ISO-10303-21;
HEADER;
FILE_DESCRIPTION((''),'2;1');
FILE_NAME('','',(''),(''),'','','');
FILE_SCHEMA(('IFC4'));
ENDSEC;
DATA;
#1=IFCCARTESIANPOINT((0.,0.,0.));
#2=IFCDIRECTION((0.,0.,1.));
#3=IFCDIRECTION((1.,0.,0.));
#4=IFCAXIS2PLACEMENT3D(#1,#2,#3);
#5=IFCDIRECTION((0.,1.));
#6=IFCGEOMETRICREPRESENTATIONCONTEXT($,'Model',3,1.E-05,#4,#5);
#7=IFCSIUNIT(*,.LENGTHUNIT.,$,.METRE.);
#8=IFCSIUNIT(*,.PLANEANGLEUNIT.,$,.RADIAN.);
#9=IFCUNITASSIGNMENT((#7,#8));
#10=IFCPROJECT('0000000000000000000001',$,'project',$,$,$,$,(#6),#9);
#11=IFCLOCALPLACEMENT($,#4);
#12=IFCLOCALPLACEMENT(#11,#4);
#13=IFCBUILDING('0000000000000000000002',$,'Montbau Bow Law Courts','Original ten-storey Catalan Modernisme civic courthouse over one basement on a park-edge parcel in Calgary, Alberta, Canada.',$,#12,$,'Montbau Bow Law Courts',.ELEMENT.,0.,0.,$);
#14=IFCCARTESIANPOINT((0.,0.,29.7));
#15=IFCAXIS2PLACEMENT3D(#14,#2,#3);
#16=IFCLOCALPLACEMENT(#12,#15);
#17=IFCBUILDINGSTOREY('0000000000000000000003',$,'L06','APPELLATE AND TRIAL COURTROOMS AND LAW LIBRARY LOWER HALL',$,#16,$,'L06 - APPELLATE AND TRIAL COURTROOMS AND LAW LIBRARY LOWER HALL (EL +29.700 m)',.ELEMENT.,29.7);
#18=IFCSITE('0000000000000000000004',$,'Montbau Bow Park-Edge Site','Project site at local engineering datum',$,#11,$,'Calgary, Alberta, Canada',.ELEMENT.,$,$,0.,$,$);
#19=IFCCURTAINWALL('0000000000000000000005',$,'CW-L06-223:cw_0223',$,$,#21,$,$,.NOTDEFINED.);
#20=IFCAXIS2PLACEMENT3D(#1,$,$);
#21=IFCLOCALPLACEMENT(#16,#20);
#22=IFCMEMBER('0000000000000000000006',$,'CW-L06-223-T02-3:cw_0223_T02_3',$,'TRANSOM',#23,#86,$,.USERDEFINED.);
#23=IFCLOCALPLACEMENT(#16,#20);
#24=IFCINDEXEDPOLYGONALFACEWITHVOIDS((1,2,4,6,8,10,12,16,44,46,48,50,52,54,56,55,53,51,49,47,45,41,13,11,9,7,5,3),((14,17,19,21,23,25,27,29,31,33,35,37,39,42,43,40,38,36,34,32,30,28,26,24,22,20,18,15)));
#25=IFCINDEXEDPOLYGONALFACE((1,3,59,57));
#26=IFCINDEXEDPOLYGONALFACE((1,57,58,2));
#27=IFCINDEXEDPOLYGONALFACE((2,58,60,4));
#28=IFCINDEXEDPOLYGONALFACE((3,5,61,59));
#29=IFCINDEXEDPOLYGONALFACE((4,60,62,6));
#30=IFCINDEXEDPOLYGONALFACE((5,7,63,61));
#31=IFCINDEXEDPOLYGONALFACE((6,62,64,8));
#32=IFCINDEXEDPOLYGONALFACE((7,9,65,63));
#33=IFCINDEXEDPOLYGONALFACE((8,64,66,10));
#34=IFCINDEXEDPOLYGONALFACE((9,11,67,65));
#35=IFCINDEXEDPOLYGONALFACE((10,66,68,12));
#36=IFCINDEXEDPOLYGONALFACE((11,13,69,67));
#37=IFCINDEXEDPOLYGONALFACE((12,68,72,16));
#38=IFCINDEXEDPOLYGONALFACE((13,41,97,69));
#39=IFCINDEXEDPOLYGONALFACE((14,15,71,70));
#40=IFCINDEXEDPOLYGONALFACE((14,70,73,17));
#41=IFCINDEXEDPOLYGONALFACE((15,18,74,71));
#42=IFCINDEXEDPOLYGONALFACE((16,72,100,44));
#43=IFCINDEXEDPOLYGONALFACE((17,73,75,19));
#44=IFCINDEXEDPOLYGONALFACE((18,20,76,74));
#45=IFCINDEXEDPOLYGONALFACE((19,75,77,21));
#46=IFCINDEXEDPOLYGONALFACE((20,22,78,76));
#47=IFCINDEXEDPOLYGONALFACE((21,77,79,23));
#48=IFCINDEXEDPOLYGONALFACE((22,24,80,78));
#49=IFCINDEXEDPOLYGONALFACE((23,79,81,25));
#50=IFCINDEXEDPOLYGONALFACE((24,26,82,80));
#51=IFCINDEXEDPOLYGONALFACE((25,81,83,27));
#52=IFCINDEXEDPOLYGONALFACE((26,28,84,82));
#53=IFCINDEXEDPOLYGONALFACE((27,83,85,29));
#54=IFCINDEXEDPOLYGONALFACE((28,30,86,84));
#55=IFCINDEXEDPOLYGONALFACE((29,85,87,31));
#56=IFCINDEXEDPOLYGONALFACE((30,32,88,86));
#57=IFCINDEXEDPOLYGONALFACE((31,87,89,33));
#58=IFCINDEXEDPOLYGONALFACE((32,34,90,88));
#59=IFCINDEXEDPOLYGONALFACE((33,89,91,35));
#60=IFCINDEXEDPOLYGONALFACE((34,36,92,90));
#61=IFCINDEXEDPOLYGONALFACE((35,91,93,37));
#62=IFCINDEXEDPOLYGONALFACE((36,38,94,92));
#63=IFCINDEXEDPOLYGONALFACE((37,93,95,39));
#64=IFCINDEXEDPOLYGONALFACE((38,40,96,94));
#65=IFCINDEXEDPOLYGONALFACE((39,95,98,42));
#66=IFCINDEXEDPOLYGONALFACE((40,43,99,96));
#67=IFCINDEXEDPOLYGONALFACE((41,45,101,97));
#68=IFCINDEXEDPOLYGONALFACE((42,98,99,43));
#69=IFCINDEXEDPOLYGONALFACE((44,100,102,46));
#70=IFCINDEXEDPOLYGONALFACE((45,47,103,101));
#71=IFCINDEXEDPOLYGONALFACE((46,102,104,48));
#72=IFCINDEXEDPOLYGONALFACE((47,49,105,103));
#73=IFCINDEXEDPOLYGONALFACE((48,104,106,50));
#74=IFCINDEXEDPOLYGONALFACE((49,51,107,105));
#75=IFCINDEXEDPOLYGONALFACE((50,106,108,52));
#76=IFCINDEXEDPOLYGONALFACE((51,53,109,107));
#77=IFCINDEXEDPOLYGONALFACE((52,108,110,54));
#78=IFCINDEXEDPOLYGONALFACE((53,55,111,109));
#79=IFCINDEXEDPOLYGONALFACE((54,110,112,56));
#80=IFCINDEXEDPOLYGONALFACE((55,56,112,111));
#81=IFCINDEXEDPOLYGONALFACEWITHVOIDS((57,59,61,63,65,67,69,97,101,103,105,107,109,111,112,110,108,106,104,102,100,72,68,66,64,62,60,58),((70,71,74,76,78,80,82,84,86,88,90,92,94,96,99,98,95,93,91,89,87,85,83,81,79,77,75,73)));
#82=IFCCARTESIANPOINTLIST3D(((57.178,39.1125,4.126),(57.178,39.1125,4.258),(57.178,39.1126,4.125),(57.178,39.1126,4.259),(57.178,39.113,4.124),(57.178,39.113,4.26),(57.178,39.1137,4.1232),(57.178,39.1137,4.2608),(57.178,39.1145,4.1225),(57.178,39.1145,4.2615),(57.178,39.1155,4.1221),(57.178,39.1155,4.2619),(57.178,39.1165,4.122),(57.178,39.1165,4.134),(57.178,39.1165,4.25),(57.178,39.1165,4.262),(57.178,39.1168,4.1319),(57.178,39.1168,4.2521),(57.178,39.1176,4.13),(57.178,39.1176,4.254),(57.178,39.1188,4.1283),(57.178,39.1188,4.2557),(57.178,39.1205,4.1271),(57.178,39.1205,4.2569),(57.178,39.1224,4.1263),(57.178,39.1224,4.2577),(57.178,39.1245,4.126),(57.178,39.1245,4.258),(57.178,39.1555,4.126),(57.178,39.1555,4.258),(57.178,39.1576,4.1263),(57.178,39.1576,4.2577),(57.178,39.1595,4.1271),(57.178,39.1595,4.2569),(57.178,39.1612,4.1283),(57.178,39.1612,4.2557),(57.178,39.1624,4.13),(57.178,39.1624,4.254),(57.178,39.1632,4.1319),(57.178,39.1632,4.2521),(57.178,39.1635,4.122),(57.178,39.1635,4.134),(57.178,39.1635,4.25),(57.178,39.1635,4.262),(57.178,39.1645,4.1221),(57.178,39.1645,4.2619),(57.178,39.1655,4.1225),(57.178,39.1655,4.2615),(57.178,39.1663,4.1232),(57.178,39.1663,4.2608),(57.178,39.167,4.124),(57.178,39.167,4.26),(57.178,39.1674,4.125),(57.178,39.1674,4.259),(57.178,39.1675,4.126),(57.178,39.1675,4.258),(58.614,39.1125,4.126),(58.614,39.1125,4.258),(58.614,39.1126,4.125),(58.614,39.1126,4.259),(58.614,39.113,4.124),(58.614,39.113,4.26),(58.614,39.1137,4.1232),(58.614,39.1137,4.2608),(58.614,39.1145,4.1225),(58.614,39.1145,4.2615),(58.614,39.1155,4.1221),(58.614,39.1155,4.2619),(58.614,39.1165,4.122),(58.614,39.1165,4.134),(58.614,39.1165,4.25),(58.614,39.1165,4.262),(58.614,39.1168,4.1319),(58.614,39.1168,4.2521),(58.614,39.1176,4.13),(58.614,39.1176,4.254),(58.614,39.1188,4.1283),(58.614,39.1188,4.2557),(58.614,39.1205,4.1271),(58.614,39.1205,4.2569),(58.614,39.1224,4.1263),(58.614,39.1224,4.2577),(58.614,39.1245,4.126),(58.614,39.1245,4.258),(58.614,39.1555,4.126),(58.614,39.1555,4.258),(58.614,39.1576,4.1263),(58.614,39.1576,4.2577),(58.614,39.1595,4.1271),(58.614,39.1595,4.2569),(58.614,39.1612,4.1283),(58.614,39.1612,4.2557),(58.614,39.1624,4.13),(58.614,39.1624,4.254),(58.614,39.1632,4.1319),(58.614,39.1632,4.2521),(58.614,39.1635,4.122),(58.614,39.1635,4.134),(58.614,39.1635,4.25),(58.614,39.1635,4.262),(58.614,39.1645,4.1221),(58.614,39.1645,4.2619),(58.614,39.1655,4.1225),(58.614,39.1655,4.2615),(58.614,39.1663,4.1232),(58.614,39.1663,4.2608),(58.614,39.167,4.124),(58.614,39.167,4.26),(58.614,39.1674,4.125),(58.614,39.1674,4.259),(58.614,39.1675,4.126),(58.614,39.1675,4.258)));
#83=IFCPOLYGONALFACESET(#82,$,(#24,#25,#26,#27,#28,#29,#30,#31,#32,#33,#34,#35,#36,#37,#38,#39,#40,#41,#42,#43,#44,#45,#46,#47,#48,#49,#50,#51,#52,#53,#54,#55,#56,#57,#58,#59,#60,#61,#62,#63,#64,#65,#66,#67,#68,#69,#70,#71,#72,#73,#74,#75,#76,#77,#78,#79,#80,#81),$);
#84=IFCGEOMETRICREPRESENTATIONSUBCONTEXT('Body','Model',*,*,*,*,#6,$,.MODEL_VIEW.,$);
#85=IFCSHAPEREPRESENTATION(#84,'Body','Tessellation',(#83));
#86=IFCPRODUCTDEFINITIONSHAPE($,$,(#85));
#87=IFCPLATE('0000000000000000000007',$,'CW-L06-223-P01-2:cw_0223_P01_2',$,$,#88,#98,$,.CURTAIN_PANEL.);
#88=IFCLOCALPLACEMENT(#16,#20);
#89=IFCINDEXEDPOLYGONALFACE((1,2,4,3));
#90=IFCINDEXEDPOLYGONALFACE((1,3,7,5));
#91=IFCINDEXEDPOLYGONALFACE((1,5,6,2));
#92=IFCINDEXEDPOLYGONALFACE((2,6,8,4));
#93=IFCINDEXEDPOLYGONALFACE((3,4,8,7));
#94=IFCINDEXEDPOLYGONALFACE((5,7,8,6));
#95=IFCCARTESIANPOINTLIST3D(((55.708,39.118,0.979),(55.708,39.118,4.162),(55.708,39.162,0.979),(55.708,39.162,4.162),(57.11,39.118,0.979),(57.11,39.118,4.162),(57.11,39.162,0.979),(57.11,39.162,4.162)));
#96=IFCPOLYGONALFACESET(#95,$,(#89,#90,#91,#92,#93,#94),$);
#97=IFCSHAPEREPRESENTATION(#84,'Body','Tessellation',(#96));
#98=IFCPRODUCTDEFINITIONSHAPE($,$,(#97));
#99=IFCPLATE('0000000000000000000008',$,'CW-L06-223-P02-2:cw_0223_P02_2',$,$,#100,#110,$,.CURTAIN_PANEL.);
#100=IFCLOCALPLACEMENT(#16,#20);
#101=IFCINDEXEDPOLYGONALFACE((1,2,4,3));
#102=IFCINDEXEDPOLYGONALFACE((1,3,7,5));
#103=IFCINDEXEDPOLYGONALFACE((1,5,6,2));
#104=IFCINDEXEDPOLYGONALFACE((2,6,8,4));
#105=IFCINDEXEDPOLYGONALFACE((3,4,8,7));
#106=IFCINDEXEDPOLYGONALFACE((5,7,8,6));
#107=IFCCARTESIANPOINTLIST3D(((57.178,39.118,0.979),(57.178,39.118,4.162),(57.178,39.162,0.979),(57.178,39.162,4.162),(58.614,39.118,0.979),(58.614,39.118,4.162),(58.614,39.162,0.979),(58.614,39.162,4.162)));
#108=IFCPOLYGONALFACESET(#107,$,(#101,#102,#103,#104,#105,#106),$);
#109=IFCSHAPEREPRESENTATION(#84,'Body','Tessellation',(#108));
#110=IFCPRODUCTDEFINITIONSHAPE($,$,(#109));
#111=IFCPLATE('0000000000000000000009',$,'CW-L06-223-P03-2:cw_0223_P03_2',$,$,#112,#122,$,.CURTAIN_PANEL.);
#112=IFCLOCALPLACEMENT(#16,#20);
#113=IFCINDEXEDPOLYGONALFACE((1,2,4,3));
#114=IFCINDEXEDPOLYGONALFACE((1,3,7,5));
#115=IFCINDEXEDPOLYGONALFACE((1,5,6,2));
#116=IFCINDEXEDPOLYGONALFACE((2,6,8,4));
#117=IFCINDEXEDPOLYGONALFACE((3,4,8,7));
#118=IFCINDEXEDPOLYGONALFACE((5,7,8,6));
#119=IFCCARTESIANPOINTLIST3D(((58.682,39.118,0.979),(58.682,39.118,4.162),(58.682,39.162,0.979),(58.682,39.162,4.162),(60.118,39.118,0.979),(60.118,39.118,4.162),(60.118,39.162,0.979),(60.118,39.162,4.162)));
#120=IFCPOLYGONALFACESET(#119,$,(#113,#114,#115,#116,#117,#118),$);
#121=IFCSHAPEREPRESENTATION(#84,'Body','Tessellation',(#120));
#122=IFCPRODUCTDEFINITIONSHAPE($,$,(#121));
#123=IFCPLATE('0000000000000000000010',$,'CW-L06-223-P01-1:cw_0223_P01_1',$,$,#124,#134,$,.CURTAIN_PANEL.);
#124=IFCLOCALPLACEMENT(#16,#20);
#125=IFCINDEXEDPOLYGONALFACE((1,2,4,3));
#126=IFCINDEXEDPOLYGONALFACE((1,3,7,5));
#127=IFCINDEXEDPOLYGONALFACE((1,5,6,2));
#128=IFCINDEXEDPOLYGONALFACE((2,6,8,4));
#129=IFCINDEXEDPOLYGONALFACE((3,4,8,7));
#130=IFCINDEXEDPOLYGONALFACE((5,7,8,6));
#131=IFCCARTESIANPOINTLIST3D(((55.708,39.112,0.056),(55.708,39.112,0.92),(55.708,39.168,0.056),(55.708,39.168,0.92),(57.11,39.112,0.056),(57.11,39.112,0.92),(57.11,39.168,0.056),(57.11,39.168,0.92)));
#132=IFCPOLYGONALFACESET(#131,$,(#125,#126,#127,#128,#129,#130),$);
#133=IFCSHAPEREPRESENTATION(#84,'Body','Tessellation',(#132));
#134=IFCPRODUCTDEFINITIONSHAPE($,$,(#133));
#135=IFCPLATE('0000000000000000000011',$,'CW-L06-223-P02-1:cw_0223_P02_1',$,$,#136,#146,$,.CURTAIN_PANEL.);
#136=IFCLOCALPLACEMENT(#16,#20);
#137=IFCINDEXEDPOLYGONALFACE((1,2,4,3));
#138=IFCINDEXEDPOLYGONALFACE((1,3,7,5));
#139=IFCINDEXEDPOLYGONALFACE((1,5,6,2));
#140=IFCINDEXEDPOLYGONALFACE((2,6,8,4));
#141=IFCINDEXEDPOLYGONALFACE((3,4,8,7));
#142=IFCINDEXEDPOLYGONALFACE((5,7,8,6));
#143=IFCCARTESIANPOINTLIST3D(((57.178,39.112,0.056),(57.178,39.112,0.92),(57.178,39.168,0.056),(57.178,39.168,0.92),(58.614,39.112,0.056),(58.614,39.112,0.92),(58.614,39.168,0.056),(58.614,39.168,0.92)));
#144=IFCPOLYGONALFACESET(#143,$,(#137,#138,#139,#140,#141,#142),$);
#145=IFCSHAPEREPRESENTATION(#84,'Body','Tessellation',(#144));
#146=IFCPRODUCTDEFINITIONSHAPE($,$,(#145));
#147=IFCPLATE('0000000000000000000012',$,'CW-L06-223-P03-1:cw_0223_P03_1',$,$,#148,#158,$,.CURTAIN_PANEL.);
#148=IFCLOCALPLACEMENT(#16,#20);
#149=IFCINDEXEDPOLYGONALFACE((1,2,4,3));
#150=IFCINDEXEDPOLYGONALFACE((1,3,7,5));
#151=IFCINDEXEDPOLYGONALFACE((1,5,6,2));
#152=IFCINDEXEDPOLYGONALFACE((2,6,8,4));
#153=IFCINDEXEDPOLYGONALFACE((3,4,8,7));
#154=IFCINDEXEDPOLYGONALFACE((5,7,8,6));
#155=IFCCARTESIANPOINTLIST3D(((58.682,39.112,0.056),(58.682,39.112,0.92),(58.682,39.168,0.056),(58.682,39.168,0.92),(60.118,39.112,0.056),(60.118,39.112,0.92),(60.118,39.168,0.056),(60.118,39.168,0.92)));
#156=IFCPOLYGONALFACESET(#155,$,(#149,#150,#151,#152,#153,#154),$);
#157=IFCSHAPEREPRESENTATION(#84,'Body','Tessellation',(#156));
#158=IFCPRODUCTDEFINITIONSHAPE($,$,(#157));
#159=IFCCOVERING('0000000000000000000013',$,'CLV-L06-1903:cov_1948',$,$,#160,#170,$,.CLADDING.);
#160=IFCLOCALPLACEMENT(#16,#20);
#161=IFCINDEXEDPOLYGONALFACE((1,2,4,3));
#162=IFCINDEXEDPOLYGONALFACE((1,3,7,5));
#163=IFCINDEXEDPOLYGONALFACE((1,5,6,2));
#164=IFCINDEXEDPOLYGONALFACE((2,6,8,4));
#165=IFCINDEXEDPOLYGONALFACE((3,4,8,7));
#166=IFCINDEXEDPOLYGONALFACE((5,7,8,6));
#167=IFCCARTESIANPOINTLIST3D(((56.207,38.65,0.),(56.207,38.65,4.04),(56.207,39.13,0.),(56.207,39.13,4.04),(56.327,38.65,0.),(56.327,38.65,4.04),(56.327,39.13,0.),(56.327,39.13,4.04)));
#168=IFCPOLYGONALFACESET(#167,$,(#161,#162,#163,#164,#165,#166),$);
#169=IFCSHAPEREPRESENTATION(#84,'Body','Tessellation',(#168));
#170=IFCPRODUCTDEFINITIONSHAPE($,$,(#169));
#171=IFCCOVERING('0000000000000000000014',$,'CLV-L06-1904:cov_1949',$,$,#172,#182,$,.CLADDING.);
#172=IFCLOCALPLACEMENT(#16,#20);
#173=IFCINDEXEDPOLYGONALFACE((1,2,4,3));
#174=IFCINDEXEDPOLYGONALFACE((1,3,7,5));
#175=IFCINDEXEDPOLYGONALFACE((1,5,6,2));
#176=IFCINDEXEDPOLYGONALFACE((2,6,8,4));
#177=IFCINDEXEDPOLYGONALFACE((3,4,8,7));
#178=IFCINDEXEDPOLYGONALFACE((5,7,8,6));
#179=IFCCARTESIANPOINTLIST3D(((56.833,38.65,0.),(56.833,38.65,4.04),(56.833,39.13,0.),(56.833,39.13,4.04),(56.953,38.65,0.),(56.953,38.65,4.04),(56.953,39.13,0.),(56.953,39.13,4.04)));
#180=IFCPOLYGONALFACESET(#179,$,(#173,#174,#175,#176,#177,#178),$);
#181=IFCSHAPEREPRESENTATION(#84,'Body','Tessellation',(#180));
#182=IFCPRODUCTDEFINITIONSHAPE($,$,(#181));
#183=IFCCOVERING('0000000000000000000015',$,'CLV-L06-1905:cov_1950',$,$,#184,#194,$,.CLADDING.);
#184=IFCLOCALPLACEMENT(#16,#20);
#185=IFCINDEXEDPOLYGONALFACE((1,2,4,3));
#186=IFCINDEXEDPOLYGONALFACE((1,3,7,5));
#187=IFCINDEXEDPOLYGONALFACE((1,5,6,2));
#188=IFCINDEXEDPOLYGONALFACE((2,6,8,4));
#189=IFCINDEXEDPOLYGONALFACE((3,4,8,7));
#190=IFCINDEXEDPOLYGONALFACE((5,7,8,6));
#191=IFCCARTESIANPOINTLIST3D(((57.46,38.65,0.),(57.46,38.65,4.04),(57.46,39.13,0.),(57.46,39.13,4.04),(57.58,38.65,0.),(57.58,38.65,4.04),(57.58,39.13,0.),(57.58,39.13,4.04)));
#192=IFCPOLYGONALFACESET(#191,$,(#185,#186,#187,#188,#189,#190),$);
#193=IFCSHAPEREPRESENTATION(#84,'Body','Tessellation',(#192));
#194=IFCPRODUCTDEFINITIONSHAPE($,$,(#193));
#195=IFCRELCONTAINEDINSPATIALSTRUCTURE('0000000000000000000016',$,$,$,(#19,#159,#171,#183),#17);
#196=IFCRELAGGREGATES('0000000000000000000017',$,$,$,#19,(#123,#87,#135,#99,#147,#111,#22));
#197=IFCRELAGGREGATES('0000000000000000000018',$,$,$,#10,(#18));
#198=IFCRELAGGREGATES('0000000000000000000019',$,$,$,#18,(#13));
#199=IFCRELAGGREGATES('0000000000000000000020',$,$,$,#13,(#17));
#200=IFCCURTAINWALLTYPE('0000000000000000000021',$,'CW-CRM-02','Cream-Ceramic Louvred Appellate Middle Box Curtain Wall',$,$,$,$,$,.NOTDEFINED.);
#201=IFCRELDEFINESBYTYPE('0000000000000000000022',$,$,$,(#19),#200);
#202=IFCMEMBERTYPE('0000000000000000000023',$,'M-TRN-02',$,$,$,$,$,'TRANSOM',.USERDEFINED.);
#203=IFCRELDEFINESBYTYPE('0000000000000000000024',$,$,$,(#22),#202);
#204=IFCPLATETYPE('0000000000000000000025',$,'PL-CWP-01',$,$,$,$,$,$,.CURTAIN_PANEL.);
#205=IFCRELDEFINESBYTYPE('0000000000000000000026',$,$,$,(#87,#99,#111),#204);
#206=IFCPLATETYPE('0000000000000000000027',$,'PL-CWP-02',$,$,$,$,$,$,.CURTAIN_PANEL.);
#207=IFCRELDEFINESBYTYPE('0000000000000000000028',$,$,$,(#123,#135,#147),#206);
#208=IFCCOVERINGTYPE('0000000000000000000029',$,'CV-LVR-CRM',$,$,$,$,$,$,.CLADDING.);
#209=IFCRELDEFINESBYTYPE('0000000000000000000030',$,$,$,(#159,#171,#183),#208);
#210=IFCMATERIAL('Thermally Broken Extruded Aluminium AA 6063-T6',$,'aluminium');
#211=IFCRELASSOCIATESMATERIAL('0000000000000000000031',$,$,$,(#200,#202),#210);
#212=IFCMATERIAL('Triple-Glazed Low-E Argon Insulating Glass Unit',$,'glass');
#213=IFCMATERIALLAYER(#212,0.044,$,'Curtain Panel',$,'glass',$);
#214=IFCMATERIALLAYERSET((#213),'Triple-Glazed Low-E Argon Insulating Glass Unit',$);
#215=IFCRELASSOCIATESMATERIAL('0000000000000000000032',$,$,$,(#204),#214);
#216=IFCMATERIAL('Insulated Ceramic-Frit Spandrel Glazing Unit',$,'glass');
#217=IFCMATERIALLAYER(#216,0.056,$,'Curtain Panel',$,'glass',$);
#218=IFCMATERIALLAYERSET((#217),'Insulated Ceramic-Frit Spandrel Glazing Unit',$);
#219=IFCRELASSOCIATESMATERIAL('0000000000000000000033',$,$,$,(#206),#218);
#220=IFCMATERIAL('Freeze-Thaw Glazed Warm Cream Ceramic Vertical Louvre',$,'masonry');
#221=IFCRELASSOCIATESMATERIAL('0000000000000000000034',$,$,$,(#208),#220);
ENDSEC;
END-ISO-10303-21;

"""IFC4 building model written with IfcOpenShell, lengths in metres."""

from ifc_helpers import new_model, si_unit, direction, frame, frame_2d, origin_with_axes, origin_2d_with_axis, place, context, subcontext, project, spatial, rectangle, hollow_rectangle, extrude, material, layer, layer_set, material_profile, profile_set, type_object, element, aggregate, save


model = new_model("IFC4")

# Units and contexts
model_context = context("Model", 3, precision=1e-05, world=origin_with_axes(), true_north=direction((0.0, 1.0)))
body_context = subcontext(model_context, "Body", "Model", "MODEL_VIEW")
ifc_project = project(units=[si_unit("LENGTHUNIT", "METRE"), si_unit("PLANEANGLEUNIT", "RADIAN")], contexts=[model_context])

# Site, building, storey
site_placement = place(None, origin_with_axes())
site = spatial("IfcSite", under=ifc_project, at=site_placement, Name="Montbau Bow Park-Edge Site", Description="Project site at local engineering datum", LongName="Calgary, Alberta, Canada", CompositionType="ELEMENT", RefElevation=0.0)
building_placement = place(site_placement, origin_with_axes())
building = spatial("IfcBuilding", under=site, at=building_placement, Name="Montbau Bow Law Courts", Description="Original ten-storey Catalan Modernisme civic courthouse over one basement on a park-edge parcel in Calgary, Alberta, Canada.", LongName="Montbau Bow Law Courts", CompositionType="ELEMENT", ElevationOfRefHeight=0.0, ElevationOfTerrain=0.0)
storey_placement = place(building_placement, frame((0.0, 0.0, 29.7), z_axis=(0.0, 0.0, 1.0), x_axis=(1.0, 0.0, 0.0)))
storey = spatial("IfcBuildingStorey", under=building, at=storey_placement, Name="L06", Description="APPELLATE AND TRIAL COURTROOMS AND LAW LIBRARY LOWER HALL", LongName="L06 - APPELLATE AND TRIAL COURTROOMS AND LAW LIBRARY LOWER HALL (EL +29.700 m)", CompositionType="ELEMENT", Elevation=29.7)

# Curtain wall, member, plates
ifc_material_1 = material(Name="Thermally Broken Extruded Aluminium AA 6063-T6", Category="aluminium")
curtain_wall_type = type_object("IfcCurtainWallType", Name="CW-CRM-02", Description="Cream-Ceramic Louvred Appellate Middle Box Curtain Wall", PredefinedType="NOTDEFINED", material=ifc_material_1)
curtain_wall_placement = place(None, frame((55.64, 39.14, 29.7), z_axis=(0.0, 0.0, 1.0), x_axis=(1.0, 0.0, 0.0)))
curtain_wall = element("IfcCurtainWall", 1, at=curtain_wall_placement, inside=storey, type_object=curtain_wall_type, Name="CW-L06-223:cw_0223", PredefinedType="NOTDEFINED")
ifc_material_profile_1 = material_profile(ifc_material_1, hollow_rectangle(XDim=0.055, YDim=0.14, WallThickness=0.004, InnerFilletRadius=0.008, OuterFilletRadius=0.004, at=origin_2d_with_axis()), Name="CWT-140X55", Category="Main", Priority=0)
ifc_profile_set_1 = profile_set([ifc_material_profile_1], Name="Thermally Broken Extruded Aluminium AA 6063-T6")
member_type_1 = type_object("IfcMemberType", Name="M-TRN-02", ElementType="TRANSOM", PredefinedType="USERDEFINED", material=ifc_profile_set_1)
member_1_placement = place(None, frame((57.178, 39.14, 33.892), z_axis=(1.0, 0.0, 0.0), x_axis=(0.0, 1.0, 0.0)))
member_1 = element("IfcMember", 2, at=member_1_placement, type_object=member_type_1, Name="CW-L06-223-T02-3:cw_0223_T02_3", ObjectType="TRANSOM", PredefinedType="USERDEFINED", context=body_context, shape_type="SweptSolid", body=[
    extrude(hollow_rectangle(XDim=0.055, YDim=0.14, WallThickness=0.004, InnerFilletRadius=0.008, OuterFilletRadius=0.004, at=origin_2d_with_axis()), origin_with_axes(), (0.0, 0.0, 1.0), 1.436),
])
ifc_material_2 = material(Name="Triple-Glazed Low-E Argon Insulating Glass Unit", Category="glass")
ifc_layer_1 = layer(ifc_material_2, 0.044, Name="Curtain Panel", Category="glass")
ifc_layer_set_1 = layer_set([ifc_layer_1], Name="Triple-Glazed Low-E Argon Insulating Glass Unit")
plate_type_1 = type_object("IfcPlateType", Name="PL-CWP-01", PredefinedType="CURTAIN_PANEL", material=ifc_layer_set_1)
plate_1_placement = place(None, frame((55.708, 39.14, 30.679), z_axis=(0.0, -1.0, 0.0), x_axis=(1.0, 0.0, 0.0)))
plate_1 = element("IfcPlate", 3, at=plate_1_placement, type_object=plate_type_1, Name="CW-L06-223-P01-2:cw_0223_P01_2", PredefinedType="CURTAIN_PANEL", context=body_context, shape_type="SweptSolid", body=[
    extrude(rectangle(XDim=1.402, YDim=3.183, at=frame_2d((0.701, 1.5915), x_axis=(1.0, 0.0))), frame((0.0, 0.0, -0.022), z_axis=(0.0, 0.0, 1.0), x_axis=(1.0, 0.0, 0.0)), (0.0, 0.0, 1.0), 0.044),
])
plate_2_placement = place(None, frame((57.178, 39.14, 30.679), z_axis=(0.0, -1.0, 0.0), x_axis=(1.0, 0.0, 0.0)))
plate_2 = element("IfcPlate", 4, at=plate_2_placement, type_object=plate_type_1, Name="CW-L06-223-P02-2:cw_0223_P02_2", PredefinedType="CURTAIN_PANEL", context=body_context, shape_type="SweptSolid", body=[
    extrude(rectangle(XDim=1.436, YDim=3.183, at=frame_2d((0.718, 1.5915), x_axis=(1.0, 0.0))), frame((0.0, 0.0, -0.022), z_axis=(0.0, 0.0, 1.0), x_axis=(1.0, 0.0, 0.0)), (0.0, 0.0, 1.0), 0.044),
])
plate_3_placement = place(None, frame((58.682, 39.14, 30.679), z_axis=(0.0, -1.0, 0.0), x_axis=(1.0, 0.0, 0.0)))
plate_3 = element("IfcPlate", 5, at=plate_3_placement, type_object=plate_type_1, Name="CW-L06-223-P03-2:cw_0223_P03_2", PredefinedType="CURTAIN_PANEL", context=body_context, shape_type="SweptSolid", body=[
    extrude(rectangle(XDim=1.436, YDim=3.183, at=frame_2d((0.718, 1.5915), x_axis=(1.0, 0.0))), frame((0.0, 0.0, -0.022), z_axis=(0.0, 0.0, 1.0), x_axis=(1.0, 0.0, 0.0)), (0.0, 0.0, 1.0), 0.044),
])
ifc_material_3 = material(Name="Insulated Ceramic-Frit Spandrel Glazing Unit", Category="glass")
ifc_layer_2 = layer(ifc_material_3, 0.056, Name="Curtain Panel", Category="glass")
ifc_layer_set_2 = layer_set([ifc_layer_2], Name="Insulated Ceramic-Frit Spandrel Glazing Unit")
plate_type_2 = type_object("IfcPlateType", Name="PL-CWP-02", PredefinedType="CURTAIN_PANEL", material=ifc_layer_set_2)
plate_4_placement = place(None, frame((55.708, 39.14, 29.756), z_axis=(0.0, -1.0, 0.0), x_axis=(1.0, 0.0, 0.0)))
plate_4 = element("IfcPlate", 6, at=plate_4_placement, type_object=plate_type_2, Name="CW-L06-223-P01-1:cw_0223_P01_1", PredefinedType="CURTAIN_PANEL", context=body_context, shape_type="SweptSolid", body=[
    extrude(rectangle(XDim=1.402, YDim=0.864, at=frame_2d((0.701, 0.432), x_axis=(1.0, 0.0))), frame((0.0, 0.0, -0.028), z_axis=(0.0, 0.0, 1.0), x_axis=(1.0, 0.0, 0.0)), (0.0, 0.0, 1.0), 0.056),
])
plate_5_placement = place(None, frame((57.178, 39.14, 29.756), z_axis=(0.0, -1.0, 0.0), x_axis=(1.0, 0.0, 0.0)))
plate_5 = element("IfcPlate", 7, at=plate_5_placement, type_object=plate_type_2, Name="CW-L06-223-P02-1:cw_0223_P02_1", PredefinedType="CURTAIN_PANEL", context=body_context, shape_type="SweptSolid", body=[
    extrude(rectangle(XDim=1.436, YDim=0.864, at=frame_2d((0.718, 0.432), x_axis=(1.0, 0.0))), frame((0.0, 0.0, -0.028), z_axis=(0.0, 0.0, 1.0), x_axis=(1.0, 0.0, 0.0)), (0.0, 0.0, 1.0), 0.056),
])
plate_6_placement = place(None, frame((58.682, 39.14, 29.756), z_axis=(0.0, -1.0, 0.0), x_axis=(1.0, 0.0, 0.0)))
plate_6 = element("IfcPlate", 8, at=plate_6_placement, type_object=plate_type_2, Name="CW-L06-223-P03-1:cw_0223_P03_1", PredefinedType="CURTAIN_PANEL", context=body_context, shape_type="SweptSolid", body=[
    extrude(rectangle(XDim=1.436, YDim=0.864, at=frame_2d((0.718, 0.432), x_axis=(1.0, 0.0))), frame((0.0, 0.0, -0.028), z_axis=(0.0, 0.0, 1.0), x_axis=(1.0, 0.0, 0.0)), (0.0, 0.0, 1.0), 0.056),
])
aggregate(curtain_wall, [plate_4, plate_1, plate_5, plate_2, plate_6, plate_3, member_1])

# Coverings
ifc_material_4 = material(Name="Freeze-Thaw Glazed Warm Cream Ceramic Vertical Louvre", Category="masonry")
covering_type = type_object("IfcCoveringType", Name="CV-LVR-CRM", PredefinedType="CLADDING", material=ifc_material_4)
for number, where, z_axis, x_axis, name in (
    (9, (56.267, 39.13, 29.7), (-1.0, 0.0, 0.0), (0.0, -1.0, 0.0), "CLV-L06-1903:cov_1948"),
    (10, (56.893, 39.13, 29.7), (-1.0, 0.0, 0.0), (0.0, -1.0, 0.0), "CLV-L06-1904:cov_1949"),
    (11, (57.52, 39.13, 29.7), (-1.0, 0.0, 0.0), (0.0, -1.0, 0.0), "CLV-L06-1905:cov_1950"),
):
    element("IfcCovering", number, at=place(None, frame(where, z_axis=z_axis, x_axis=x_axis)), inside=storey, type_object=covering_type, Name=name, PredefinedType="CLADDING", context=body_context, shape_type="SweptSolid", body=[
        extrude(rectangle(XDim=0.48, YDim=4.04, at=frame_2d((0.24, 2.02), x_axis=(1.0, 0.0))), frame((0.0, 0.0, -0.06), z_axis=(0.0, 0.0, 1.0), x_axis=(1.0, 0.0, 0.0)), (0.0, 0.0, 1.0), 0.12),
    ])

save(model, "model.ifc")
